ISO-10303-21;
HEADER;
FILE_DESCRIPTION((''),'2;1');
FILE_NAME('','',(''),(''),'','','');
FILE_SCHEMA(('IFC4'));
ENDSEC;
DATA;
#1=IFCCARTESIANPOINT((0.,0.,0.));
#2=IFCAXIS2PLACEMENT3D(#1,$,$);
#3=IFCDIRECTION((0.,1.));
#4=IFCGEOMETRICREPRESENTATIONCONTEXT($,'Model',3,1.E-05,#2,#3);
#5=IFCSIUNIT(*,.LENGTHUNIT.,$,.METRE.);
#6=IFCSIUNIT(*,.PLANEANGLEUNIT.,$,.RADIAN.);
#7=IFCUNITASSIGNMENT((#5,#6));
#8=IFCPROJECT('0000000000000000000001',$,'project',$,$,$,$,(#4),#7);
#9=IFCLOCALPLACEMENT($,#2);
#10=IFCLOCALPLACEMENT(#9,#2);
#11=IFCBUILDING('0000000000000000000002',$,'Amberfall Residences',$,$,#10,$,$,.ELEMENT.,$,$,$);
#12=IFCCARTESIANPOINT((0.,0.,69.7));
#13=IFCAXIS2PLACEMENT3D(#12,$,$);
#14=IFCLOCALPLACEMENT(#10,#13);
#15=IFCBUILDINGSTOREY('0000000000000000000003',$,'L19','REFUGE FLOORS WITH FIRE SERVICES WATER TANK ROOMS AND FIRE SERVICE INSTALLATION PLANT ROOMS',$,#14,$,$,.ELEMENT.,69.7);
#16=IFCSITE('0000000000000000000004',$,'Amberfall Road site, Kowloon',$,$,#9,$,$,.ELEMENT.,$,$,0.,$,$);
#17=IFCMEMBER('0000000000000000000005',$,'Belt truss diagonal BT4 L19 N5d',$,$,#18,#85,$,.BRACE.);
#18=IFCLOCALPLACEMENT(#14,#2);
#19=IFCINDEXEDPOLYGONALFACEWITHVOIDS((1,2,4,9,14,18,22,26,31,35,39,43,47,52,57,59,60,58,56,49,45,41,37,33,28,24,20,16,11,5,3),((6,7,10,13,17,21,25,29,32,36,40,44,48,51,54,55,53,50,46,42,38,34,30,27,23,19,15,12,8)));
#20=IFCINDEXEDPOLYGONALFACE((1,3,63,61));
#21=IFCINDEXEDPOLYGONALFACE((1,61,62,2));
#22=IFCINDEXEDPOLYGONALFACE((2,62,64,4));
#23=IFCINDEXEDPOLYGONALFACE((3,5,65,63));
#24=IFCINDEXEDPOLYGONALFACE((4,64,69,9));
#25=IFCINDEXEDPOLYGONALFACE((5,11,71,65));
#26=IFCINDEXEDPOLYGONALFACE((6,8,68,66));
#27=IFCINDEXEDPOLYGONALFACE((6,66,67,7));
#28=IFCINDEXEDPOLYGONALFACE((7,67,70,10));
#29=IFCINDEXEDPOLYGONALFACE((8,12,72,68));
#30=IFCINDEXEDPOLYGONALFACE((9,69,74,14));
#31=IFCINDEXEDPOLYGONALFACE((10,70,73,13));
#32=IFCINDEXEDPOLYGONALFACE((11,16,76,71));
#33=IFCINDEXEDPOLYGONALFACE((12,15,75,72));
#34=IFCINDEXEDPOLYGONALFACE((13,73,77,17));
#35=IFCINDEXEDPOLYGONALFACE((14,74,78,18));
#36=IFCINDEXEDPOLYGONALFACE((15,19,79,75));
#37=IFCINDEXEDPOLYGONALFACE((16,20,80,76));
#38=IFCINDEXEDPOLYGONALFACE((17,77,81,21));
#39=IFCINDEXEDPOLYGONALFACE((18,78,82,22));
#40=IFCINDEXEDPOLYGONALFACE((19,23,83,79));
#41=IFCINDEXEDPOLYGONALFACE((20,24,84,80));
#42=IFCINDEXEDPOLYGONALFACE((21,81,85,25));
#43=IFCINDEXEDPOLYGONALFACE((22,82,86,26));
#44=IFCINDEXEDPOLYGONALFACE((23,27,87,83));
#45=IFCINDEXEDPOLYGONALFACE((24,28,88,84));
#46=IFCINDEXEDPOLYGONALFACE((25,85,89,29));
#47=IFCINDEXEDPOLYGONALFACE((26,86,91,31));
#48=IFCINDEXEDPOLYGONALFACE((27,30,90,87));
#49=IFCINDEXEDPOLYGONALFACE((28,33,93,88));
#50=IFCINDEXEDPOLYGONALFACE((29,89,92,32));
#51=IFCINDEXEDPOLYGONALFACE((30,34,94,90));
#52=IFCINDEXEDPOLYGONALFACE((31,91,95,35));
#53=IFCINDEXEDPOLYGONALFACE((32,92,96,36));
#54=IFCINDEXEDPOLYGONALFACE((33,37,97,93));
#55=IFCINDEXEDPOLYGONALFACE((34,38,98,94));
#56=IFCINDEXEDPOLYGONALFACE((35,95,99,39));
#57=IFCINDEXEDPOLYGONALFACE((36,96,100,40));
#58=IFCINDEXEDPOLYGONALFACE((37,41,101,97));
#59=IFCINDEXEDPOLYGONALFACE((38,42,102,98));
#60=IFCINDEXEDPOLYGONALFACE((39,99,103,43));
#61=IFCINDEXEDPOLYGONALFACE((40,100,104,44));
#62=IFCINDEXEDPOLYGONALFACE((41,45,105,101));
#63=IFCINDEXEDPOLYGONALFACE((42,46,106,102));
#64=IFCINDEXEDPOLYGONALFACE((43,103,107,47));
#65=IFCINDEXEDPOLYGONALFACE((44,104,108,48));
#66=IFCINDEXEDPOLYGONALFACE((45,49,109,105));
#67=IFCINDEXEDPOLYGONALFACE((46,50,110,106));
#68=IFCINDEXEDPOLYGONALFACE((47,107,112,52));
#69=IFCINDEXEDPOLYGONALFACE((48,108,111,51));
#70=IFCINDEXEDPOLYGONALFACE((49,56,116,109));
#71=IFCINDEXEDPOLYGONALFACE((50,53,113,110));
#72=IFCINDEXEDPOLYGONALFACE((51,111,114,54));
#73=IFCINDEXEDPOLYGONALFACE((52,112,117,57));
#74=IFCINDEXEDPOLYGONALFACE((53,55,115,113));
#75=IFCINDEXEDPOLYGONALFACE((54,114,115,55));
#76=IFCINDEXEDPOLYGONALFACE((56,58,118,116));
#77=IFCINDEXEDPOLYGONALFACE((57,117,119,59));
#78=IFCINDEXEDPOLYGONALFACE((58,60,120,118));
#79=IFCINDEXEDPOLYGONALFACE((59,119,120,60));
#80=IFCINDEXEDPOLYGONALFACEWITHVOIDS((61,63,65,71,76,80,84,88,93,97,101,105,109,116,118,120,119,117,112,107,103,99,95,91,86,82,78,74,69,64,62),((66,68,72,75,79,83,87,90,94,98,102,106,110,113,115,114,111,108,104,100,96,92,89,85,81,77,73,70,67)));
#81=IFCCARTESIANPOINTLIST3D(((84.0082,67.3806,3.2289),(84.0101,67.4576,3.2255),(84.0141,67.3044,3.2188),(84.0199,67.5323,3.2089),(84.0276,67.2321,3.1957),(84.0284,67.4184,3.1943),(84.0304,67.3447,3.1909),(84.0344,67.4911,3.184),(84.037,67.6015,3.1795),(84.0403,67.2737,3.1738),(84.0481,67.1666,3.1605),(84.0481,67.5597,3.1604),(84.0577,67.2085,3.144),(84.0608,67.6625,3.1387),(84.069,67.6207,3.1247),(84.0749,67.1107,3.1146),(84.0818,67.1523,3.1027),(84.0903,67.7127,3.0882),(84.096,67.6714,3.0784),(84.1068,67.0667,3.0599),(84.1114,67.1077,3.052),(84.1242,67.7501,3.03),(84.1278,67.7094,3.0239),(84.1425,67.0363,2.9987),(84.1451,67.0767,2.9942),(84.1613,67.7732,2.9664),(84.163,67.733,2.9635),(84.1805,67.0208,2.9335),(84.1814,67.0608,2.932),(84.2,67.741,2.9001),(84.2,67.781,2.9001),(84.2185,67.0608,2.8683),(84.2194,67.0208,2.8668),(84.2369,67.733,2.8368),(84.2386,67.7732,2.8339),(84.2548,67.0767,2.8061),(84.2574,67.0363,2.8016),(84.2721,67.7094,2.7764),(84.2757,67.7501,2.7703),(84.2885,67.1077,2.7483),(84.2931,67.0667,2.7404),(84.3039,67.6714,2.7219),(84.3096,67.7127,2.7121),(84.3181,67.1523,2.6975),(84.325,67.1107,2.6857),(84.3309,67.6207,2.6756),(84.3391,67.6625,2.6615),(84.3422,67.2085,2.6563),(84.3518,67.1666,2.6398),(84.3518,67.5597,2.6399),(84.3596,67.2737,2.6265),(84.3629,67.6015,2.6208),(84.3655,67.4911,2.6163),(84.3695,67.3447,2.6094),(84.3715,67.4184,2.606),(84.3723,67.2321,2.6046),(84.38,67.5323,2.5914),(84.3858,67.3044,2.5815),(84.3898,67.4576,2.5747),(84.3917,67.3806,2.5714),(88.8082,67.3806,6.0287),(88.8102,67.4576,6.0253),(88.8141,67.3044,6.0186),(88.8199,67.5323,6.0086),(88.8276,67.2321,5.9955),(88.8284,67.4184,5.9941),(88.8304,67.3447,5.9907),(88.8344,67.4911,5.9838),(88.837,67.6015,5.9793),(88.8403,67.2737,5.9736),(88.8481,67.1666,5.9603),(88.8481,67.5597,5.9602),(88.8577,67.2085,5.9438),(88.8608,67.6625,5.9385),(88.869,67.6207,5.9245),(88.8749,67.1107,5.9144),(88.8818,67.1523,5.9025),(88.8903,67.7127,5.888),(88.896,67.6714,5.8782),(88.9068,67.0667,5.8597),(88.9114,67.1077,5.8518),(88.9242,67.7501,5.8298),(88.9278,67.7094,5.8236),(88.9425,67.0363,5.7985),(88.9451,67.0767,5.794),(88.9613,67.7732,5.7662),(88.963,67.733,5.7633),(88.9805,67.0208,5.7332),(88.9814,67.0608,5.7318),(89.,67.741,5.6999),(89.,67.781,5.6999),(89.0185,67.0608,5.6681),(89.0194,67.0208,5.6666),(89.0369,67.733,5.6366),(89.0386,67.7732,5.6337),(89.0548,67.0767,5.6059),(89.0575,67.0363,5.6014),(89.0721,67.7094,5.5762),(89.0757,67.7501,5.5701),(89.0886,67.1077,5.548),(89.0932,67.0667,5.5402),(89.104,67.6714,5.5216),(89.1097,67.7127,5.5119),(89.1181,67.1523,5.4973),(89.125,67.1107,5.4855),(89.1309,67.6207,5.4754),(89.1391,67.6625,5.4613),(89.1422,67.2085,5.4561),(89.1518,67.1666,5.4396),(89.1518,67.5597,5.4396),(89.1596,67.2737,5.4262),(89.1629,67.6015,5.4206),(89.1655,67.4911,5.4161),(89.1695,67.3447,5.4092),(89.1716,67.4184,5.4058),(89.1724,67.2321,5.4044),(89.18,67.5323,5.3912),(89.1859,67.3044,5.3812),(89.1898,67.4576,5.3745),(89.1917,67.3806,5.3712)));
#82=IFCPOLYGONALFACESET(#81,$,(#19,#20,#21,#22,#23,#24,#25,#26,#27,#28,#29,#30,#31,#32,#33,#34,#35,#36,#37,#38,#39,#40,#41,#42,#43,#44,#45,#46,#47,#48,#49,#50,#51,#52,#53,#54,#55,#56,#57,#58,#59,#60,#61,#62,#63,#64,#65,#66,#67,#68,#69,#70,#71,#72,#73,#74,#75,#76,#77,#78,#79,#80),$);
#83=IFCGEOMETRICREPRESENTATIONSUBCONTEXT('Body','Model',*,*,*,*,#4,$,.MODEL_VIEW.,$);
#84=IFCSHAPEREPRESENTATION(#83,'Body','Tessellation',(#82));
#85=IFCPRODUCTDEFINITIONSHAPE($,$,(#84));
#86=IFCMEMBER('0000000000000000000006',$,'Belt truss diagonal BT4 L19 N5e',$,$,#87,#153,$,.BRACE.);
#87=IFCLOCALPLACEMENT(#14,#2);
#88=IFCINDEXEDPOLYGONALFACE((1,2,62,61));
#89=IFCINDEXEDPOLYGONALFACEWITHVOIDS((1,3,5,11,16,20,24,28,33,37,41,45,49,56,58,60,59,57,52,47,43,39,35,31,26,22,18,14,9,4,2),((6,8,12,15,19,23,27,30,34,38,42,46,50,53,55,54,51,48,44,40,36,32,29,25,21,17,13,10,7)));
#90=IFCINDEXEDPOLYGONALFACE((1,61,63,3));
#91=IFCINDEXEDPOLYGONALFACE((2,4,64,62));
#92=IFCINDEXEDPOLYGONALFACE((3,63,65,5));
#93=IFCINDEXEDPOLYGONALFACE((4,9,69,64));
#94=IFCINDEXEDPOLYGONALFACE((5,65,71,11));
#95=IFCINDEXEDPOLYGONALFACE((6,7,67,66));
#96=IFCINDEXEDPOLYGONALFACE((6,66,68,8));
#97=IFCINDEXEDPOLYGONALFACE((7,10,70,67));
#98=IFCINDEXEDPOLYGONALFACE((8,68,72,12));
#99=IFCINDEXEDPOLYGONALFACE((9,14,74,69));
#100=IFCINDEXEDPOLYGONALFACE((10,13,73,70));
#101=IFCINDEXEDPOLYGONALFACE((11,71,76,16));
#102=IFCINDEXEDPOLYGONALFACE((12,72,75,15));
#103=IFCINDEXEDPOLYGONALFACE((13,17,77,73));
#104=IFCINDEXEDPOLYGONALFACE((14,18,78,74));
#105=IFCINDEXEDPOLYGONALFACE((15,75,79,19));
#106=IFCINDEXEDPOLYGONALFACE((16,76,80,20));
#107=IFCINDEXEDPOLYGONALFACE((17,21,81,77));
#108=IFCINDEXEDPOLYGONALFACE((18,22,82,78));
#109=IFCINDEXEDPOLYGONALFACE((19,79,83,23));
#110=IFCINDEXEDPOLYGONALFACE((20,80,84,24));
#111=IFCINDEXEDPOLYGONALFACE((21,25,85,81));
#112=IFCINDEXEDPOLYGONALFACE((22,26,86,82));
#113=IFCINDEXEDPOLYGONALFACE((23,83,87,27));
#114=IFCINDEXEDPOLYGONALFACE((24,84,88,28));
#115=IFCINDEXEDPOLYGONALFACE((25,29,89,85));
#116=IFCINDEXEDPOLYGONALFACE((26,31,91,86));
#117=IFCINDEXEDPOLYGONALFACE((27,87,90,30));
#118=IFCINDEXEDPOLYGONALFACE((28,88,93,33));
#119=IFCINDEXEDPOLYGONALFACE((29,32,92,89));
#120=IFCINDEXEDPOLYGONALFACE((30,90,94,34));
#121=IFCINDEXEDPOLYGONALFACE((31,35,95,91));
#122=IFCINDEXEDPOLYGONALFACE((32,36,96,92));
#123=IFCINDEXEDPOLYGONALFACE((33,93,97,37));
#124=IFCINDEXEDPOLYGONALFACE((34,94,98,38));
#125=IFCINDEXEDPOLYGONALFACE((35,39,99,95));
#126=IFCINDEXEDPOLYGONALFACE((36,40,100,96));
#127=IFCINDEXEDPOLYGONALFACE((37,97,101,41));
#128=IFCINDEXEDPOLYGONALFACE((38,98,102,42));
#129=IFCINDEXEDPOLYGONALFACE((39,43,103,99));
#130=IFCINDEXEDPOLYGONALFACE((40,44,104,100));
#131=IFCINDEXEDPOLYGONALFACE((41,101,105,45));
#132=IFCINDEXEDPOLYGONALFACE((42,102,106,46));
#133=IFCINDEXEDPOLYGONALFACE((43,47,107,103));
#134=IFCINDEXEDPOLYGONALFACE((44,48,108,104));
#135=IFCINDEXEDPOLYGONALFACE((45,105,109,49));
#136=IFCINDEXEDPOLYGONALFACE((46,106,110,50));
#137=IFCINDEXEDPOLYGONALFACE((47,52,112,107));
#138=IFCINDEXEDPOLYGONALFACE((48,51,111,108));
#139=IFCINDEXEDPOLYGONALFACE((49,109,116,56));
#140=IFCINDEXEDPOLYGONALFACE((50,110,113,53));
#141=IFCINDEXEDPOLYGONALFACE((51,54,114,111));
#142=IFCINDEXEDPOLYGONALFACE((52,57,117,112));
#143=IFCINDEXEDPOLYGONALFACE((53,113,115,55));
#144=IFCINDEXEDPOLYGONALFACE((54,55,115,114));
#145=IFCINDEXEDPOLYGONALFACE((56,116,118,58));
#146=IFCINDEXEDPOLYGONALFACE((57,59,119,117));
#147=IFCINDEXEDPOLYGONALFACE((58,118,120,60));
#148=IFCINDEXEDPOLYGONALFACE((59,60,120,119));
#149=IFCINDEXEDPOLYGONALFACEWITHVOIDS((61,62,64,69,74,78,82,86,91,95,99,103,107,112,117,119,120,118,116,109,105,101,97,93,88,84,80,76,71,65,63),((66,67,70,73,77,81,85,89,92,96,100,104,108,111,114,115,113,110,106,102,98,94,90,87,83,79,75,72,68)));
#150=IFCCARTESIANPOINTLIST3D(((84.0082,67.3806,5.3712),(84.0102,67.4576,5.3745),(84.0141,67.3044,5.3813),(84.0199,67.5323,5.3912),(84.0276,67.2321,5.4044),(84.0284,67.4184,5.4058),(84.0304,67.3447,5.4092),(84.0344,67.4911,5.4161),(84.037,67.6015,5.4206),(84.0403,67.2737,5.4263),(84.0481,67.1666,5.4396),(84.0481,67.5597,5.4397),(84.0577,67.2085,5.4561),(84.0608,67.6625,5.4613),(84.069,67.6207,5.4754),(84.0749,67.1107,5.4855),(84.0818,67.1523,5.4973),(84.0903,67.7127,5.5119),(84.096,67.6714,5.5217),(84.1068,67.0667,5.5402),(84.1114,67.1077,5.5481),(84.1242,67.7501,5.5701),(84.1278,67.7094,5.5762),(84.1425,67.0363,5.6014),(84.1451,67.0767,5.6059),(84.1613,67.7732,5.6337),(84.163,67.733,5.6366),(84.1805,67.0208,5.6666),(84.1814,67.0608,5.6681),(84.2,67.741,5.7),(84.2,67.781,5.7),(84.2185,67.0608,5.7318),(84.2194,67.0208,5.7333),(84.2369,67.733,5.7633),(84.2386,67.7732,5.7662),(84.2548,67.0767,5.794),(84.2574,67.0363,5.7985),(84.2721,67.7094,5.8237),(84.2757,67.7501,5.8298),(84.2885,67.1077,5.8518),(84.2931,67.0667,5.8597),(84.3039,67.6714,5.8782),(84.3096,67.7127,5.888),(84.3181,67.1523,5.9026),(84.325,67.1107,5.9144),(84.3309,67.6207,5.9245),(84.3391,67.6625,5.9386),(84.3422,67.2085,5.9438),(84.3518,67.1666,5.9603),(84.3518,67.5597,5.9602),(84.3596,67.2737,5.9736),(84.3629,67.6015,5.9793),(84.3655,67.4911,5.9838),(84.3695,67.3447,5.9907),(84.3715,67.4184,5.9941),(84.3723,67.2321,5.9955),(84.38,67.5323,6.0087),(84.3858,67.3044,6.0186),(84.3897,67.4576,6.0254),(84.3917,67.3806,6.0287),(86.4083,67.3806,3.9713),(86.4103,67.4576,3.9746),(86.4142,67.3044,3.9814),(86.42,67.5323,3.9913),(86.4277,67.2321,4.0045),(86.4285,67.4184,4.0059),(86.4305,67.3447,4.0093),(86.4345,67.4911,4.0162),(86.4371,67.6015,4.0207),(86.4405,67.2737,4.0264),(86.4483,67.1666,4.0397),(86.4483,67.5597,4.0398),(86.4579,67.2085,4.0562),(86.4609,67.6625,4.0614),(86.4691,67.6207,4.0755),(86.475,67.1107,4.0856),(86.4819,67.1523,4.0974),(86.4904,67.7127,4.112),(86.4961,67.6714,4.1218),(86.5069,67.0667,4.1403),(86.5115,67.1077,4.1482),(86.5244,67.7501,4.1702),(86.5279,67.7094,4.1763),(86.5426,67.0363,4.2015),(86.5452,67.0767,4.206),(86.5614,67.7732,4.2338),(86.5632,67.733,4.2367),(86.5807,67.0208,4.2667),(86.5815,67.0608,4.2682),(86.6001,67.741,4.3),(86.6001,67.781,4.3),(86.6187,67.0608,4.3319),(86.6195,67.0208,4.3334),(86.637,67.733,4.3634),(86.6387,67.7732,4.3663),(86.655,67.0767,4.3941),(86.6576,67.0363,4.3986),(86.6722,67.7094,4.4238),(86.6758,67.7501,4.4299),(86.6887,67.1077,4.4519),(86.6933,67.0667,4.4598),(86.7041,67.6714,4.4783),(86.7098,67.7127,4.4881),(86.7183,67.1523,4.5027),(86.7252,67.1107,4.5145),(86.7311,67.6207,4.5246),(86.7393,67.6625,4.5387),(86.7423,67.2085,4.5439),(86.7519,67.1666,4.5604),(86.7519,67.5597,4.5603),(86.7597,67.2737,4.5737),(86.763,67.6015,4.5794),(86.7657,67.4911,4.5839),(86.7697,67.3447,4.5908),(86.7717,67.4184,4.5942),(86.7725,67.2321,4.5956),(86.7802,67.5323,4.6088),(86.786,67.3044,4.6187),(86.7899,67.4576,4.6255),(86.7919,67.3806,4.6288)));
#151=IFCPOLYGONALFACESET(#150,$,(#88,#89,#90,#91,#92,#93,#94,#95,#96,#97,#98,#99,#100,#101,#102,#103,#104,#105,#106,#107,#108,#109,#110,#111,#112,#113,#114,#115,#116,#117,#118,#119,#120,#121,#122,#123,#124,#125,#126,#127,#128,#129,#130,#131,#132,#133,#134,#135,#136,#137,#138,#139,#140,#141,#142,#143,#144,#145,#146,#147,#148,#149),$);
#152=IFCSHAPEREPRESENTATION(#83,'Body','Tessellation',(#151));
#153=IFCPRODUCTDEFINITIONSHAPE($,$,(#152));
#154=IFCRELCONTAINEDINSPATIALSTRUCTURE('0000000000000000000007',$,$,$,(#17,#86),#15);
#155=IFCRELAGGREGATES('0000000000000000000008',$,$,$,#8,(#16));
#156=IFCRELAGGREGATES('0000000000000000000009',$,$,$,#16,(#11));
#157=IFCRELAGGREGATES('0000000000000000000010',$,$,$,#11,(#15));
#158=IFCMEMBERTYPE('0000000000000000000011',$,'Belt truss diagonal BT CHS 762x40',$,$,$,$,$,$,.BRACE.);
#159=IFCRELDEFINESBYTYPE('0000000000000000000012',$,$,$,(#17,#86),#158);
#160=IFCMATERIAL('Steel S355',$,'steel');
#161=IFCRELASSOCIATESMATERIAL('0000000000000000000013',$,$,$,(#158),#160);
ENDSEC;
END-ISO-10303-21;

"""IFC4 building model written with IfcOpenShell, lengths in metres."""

from ifc_helpers import new_model, si_unit, direction, frame, origin, origin_2d, place, context, subcontext, project, spatial, hollow_circle, extrude, material, material_profile, profile_set, type_object, element, save


model = new_model("IFC4")

# Units and contexts
model_context = context("Model", 3, precision=1e-05, world=origin(), true_north=direction((0.0, 1.0)))
body_context = subcontext(model_context, "Body", "Model", "MODEL_VIEW")
ifc_project = project(units=[si_unit("LENGTHUNIT", "METRE"), si_unit("PLANEANGLEUNIT", "RADIAN")], contexts=[model_context])

# Site, building, storey
site_placement = place(None, origin())
site = spatial("IfcSite", under=ifc_project, at=site_placement, Name="Amberfall Road site, Kowloon", CompositionType="ELEMENT", RefElevation=0.0)
building_placement = place(site_placement, origin())
building = spatial("IfcBuilding", under=site, at=building_placement, Name="Amberfall Residences", CompositionType="ELEMENT")
storey_placement = place(building_placement, frame((0.0, 0.0, 69.7)))
storey = spatial("IfcBuildingStorey", under=building, at=storey_placement, Name="L19", Description="REFUGE FLOORS WITH FIRE SERVICES WATER TANK ROOMS AND FIRE SERVICE INSTALLATION PLANT ROOMS", CompositionType="ELEMENT", Elevation=69.7)

# Shared definitions
ifc_material_1 = material(Name="Steel S355", Category="steel")

# Members
ifc_material_profile_1 = material_profile(ifc_material_1, hollow_circle(Radius=0.3811, WallThickness=0.04, at=origin_2d()), Name="CHS 762x40")
ifc_profile_set_1 = profile_set([ifc_material_profile_1], Name="Steel S355")
member_type = type_object("IfcMemberType", Name="Belt truss diagonal BT CHS 762x40", PredefinedType="BRACE", material=ifc_profile_set_1)
member_1_placement = place(storey_placement, frame((84.2, 67.3999, 2.9001), z_axis=(0.863796, 0.0, 0.503841), x_axis=(0.0, 1.0, 0.0)))
element("IfcMember", 1, at=member_1_placement, inside=storey, type_object=member_type, Name="Belt truss diagonal BT4 L19 N5d", PredefinedType="BRACE", context=body_context, shape_type="SweptSolid", body=[
    extrude(hollow_circle(Radius=0.3811, WallThickness=0.04, at=origin_2d()), origin(), (0.0, 0.0, 1.0), 5.5569),
])
member_2_placement = place(storey_placement, frame((84.2, 67.3999, 5.7), z_axis=(0.863808, 0.0, -0.503822), x_axis=(0.0, 1.0, 0.0)))
element("IfcMember", 2, at=member_2_placement, inside=storey, type_object=member_type, Name="Belt truss diagonal BT4 L19 N5e", PredefinedType="BRACE", context=body_context, shape_type="SweptSolid", body=[
    extrude(hollow_circle(Radius=0.3811, WallThickness=0.04, at=origin_2d()), origin(), (0.0, 0.0, 1.0), 2.7786),
])

save(model, "model.ifc")
